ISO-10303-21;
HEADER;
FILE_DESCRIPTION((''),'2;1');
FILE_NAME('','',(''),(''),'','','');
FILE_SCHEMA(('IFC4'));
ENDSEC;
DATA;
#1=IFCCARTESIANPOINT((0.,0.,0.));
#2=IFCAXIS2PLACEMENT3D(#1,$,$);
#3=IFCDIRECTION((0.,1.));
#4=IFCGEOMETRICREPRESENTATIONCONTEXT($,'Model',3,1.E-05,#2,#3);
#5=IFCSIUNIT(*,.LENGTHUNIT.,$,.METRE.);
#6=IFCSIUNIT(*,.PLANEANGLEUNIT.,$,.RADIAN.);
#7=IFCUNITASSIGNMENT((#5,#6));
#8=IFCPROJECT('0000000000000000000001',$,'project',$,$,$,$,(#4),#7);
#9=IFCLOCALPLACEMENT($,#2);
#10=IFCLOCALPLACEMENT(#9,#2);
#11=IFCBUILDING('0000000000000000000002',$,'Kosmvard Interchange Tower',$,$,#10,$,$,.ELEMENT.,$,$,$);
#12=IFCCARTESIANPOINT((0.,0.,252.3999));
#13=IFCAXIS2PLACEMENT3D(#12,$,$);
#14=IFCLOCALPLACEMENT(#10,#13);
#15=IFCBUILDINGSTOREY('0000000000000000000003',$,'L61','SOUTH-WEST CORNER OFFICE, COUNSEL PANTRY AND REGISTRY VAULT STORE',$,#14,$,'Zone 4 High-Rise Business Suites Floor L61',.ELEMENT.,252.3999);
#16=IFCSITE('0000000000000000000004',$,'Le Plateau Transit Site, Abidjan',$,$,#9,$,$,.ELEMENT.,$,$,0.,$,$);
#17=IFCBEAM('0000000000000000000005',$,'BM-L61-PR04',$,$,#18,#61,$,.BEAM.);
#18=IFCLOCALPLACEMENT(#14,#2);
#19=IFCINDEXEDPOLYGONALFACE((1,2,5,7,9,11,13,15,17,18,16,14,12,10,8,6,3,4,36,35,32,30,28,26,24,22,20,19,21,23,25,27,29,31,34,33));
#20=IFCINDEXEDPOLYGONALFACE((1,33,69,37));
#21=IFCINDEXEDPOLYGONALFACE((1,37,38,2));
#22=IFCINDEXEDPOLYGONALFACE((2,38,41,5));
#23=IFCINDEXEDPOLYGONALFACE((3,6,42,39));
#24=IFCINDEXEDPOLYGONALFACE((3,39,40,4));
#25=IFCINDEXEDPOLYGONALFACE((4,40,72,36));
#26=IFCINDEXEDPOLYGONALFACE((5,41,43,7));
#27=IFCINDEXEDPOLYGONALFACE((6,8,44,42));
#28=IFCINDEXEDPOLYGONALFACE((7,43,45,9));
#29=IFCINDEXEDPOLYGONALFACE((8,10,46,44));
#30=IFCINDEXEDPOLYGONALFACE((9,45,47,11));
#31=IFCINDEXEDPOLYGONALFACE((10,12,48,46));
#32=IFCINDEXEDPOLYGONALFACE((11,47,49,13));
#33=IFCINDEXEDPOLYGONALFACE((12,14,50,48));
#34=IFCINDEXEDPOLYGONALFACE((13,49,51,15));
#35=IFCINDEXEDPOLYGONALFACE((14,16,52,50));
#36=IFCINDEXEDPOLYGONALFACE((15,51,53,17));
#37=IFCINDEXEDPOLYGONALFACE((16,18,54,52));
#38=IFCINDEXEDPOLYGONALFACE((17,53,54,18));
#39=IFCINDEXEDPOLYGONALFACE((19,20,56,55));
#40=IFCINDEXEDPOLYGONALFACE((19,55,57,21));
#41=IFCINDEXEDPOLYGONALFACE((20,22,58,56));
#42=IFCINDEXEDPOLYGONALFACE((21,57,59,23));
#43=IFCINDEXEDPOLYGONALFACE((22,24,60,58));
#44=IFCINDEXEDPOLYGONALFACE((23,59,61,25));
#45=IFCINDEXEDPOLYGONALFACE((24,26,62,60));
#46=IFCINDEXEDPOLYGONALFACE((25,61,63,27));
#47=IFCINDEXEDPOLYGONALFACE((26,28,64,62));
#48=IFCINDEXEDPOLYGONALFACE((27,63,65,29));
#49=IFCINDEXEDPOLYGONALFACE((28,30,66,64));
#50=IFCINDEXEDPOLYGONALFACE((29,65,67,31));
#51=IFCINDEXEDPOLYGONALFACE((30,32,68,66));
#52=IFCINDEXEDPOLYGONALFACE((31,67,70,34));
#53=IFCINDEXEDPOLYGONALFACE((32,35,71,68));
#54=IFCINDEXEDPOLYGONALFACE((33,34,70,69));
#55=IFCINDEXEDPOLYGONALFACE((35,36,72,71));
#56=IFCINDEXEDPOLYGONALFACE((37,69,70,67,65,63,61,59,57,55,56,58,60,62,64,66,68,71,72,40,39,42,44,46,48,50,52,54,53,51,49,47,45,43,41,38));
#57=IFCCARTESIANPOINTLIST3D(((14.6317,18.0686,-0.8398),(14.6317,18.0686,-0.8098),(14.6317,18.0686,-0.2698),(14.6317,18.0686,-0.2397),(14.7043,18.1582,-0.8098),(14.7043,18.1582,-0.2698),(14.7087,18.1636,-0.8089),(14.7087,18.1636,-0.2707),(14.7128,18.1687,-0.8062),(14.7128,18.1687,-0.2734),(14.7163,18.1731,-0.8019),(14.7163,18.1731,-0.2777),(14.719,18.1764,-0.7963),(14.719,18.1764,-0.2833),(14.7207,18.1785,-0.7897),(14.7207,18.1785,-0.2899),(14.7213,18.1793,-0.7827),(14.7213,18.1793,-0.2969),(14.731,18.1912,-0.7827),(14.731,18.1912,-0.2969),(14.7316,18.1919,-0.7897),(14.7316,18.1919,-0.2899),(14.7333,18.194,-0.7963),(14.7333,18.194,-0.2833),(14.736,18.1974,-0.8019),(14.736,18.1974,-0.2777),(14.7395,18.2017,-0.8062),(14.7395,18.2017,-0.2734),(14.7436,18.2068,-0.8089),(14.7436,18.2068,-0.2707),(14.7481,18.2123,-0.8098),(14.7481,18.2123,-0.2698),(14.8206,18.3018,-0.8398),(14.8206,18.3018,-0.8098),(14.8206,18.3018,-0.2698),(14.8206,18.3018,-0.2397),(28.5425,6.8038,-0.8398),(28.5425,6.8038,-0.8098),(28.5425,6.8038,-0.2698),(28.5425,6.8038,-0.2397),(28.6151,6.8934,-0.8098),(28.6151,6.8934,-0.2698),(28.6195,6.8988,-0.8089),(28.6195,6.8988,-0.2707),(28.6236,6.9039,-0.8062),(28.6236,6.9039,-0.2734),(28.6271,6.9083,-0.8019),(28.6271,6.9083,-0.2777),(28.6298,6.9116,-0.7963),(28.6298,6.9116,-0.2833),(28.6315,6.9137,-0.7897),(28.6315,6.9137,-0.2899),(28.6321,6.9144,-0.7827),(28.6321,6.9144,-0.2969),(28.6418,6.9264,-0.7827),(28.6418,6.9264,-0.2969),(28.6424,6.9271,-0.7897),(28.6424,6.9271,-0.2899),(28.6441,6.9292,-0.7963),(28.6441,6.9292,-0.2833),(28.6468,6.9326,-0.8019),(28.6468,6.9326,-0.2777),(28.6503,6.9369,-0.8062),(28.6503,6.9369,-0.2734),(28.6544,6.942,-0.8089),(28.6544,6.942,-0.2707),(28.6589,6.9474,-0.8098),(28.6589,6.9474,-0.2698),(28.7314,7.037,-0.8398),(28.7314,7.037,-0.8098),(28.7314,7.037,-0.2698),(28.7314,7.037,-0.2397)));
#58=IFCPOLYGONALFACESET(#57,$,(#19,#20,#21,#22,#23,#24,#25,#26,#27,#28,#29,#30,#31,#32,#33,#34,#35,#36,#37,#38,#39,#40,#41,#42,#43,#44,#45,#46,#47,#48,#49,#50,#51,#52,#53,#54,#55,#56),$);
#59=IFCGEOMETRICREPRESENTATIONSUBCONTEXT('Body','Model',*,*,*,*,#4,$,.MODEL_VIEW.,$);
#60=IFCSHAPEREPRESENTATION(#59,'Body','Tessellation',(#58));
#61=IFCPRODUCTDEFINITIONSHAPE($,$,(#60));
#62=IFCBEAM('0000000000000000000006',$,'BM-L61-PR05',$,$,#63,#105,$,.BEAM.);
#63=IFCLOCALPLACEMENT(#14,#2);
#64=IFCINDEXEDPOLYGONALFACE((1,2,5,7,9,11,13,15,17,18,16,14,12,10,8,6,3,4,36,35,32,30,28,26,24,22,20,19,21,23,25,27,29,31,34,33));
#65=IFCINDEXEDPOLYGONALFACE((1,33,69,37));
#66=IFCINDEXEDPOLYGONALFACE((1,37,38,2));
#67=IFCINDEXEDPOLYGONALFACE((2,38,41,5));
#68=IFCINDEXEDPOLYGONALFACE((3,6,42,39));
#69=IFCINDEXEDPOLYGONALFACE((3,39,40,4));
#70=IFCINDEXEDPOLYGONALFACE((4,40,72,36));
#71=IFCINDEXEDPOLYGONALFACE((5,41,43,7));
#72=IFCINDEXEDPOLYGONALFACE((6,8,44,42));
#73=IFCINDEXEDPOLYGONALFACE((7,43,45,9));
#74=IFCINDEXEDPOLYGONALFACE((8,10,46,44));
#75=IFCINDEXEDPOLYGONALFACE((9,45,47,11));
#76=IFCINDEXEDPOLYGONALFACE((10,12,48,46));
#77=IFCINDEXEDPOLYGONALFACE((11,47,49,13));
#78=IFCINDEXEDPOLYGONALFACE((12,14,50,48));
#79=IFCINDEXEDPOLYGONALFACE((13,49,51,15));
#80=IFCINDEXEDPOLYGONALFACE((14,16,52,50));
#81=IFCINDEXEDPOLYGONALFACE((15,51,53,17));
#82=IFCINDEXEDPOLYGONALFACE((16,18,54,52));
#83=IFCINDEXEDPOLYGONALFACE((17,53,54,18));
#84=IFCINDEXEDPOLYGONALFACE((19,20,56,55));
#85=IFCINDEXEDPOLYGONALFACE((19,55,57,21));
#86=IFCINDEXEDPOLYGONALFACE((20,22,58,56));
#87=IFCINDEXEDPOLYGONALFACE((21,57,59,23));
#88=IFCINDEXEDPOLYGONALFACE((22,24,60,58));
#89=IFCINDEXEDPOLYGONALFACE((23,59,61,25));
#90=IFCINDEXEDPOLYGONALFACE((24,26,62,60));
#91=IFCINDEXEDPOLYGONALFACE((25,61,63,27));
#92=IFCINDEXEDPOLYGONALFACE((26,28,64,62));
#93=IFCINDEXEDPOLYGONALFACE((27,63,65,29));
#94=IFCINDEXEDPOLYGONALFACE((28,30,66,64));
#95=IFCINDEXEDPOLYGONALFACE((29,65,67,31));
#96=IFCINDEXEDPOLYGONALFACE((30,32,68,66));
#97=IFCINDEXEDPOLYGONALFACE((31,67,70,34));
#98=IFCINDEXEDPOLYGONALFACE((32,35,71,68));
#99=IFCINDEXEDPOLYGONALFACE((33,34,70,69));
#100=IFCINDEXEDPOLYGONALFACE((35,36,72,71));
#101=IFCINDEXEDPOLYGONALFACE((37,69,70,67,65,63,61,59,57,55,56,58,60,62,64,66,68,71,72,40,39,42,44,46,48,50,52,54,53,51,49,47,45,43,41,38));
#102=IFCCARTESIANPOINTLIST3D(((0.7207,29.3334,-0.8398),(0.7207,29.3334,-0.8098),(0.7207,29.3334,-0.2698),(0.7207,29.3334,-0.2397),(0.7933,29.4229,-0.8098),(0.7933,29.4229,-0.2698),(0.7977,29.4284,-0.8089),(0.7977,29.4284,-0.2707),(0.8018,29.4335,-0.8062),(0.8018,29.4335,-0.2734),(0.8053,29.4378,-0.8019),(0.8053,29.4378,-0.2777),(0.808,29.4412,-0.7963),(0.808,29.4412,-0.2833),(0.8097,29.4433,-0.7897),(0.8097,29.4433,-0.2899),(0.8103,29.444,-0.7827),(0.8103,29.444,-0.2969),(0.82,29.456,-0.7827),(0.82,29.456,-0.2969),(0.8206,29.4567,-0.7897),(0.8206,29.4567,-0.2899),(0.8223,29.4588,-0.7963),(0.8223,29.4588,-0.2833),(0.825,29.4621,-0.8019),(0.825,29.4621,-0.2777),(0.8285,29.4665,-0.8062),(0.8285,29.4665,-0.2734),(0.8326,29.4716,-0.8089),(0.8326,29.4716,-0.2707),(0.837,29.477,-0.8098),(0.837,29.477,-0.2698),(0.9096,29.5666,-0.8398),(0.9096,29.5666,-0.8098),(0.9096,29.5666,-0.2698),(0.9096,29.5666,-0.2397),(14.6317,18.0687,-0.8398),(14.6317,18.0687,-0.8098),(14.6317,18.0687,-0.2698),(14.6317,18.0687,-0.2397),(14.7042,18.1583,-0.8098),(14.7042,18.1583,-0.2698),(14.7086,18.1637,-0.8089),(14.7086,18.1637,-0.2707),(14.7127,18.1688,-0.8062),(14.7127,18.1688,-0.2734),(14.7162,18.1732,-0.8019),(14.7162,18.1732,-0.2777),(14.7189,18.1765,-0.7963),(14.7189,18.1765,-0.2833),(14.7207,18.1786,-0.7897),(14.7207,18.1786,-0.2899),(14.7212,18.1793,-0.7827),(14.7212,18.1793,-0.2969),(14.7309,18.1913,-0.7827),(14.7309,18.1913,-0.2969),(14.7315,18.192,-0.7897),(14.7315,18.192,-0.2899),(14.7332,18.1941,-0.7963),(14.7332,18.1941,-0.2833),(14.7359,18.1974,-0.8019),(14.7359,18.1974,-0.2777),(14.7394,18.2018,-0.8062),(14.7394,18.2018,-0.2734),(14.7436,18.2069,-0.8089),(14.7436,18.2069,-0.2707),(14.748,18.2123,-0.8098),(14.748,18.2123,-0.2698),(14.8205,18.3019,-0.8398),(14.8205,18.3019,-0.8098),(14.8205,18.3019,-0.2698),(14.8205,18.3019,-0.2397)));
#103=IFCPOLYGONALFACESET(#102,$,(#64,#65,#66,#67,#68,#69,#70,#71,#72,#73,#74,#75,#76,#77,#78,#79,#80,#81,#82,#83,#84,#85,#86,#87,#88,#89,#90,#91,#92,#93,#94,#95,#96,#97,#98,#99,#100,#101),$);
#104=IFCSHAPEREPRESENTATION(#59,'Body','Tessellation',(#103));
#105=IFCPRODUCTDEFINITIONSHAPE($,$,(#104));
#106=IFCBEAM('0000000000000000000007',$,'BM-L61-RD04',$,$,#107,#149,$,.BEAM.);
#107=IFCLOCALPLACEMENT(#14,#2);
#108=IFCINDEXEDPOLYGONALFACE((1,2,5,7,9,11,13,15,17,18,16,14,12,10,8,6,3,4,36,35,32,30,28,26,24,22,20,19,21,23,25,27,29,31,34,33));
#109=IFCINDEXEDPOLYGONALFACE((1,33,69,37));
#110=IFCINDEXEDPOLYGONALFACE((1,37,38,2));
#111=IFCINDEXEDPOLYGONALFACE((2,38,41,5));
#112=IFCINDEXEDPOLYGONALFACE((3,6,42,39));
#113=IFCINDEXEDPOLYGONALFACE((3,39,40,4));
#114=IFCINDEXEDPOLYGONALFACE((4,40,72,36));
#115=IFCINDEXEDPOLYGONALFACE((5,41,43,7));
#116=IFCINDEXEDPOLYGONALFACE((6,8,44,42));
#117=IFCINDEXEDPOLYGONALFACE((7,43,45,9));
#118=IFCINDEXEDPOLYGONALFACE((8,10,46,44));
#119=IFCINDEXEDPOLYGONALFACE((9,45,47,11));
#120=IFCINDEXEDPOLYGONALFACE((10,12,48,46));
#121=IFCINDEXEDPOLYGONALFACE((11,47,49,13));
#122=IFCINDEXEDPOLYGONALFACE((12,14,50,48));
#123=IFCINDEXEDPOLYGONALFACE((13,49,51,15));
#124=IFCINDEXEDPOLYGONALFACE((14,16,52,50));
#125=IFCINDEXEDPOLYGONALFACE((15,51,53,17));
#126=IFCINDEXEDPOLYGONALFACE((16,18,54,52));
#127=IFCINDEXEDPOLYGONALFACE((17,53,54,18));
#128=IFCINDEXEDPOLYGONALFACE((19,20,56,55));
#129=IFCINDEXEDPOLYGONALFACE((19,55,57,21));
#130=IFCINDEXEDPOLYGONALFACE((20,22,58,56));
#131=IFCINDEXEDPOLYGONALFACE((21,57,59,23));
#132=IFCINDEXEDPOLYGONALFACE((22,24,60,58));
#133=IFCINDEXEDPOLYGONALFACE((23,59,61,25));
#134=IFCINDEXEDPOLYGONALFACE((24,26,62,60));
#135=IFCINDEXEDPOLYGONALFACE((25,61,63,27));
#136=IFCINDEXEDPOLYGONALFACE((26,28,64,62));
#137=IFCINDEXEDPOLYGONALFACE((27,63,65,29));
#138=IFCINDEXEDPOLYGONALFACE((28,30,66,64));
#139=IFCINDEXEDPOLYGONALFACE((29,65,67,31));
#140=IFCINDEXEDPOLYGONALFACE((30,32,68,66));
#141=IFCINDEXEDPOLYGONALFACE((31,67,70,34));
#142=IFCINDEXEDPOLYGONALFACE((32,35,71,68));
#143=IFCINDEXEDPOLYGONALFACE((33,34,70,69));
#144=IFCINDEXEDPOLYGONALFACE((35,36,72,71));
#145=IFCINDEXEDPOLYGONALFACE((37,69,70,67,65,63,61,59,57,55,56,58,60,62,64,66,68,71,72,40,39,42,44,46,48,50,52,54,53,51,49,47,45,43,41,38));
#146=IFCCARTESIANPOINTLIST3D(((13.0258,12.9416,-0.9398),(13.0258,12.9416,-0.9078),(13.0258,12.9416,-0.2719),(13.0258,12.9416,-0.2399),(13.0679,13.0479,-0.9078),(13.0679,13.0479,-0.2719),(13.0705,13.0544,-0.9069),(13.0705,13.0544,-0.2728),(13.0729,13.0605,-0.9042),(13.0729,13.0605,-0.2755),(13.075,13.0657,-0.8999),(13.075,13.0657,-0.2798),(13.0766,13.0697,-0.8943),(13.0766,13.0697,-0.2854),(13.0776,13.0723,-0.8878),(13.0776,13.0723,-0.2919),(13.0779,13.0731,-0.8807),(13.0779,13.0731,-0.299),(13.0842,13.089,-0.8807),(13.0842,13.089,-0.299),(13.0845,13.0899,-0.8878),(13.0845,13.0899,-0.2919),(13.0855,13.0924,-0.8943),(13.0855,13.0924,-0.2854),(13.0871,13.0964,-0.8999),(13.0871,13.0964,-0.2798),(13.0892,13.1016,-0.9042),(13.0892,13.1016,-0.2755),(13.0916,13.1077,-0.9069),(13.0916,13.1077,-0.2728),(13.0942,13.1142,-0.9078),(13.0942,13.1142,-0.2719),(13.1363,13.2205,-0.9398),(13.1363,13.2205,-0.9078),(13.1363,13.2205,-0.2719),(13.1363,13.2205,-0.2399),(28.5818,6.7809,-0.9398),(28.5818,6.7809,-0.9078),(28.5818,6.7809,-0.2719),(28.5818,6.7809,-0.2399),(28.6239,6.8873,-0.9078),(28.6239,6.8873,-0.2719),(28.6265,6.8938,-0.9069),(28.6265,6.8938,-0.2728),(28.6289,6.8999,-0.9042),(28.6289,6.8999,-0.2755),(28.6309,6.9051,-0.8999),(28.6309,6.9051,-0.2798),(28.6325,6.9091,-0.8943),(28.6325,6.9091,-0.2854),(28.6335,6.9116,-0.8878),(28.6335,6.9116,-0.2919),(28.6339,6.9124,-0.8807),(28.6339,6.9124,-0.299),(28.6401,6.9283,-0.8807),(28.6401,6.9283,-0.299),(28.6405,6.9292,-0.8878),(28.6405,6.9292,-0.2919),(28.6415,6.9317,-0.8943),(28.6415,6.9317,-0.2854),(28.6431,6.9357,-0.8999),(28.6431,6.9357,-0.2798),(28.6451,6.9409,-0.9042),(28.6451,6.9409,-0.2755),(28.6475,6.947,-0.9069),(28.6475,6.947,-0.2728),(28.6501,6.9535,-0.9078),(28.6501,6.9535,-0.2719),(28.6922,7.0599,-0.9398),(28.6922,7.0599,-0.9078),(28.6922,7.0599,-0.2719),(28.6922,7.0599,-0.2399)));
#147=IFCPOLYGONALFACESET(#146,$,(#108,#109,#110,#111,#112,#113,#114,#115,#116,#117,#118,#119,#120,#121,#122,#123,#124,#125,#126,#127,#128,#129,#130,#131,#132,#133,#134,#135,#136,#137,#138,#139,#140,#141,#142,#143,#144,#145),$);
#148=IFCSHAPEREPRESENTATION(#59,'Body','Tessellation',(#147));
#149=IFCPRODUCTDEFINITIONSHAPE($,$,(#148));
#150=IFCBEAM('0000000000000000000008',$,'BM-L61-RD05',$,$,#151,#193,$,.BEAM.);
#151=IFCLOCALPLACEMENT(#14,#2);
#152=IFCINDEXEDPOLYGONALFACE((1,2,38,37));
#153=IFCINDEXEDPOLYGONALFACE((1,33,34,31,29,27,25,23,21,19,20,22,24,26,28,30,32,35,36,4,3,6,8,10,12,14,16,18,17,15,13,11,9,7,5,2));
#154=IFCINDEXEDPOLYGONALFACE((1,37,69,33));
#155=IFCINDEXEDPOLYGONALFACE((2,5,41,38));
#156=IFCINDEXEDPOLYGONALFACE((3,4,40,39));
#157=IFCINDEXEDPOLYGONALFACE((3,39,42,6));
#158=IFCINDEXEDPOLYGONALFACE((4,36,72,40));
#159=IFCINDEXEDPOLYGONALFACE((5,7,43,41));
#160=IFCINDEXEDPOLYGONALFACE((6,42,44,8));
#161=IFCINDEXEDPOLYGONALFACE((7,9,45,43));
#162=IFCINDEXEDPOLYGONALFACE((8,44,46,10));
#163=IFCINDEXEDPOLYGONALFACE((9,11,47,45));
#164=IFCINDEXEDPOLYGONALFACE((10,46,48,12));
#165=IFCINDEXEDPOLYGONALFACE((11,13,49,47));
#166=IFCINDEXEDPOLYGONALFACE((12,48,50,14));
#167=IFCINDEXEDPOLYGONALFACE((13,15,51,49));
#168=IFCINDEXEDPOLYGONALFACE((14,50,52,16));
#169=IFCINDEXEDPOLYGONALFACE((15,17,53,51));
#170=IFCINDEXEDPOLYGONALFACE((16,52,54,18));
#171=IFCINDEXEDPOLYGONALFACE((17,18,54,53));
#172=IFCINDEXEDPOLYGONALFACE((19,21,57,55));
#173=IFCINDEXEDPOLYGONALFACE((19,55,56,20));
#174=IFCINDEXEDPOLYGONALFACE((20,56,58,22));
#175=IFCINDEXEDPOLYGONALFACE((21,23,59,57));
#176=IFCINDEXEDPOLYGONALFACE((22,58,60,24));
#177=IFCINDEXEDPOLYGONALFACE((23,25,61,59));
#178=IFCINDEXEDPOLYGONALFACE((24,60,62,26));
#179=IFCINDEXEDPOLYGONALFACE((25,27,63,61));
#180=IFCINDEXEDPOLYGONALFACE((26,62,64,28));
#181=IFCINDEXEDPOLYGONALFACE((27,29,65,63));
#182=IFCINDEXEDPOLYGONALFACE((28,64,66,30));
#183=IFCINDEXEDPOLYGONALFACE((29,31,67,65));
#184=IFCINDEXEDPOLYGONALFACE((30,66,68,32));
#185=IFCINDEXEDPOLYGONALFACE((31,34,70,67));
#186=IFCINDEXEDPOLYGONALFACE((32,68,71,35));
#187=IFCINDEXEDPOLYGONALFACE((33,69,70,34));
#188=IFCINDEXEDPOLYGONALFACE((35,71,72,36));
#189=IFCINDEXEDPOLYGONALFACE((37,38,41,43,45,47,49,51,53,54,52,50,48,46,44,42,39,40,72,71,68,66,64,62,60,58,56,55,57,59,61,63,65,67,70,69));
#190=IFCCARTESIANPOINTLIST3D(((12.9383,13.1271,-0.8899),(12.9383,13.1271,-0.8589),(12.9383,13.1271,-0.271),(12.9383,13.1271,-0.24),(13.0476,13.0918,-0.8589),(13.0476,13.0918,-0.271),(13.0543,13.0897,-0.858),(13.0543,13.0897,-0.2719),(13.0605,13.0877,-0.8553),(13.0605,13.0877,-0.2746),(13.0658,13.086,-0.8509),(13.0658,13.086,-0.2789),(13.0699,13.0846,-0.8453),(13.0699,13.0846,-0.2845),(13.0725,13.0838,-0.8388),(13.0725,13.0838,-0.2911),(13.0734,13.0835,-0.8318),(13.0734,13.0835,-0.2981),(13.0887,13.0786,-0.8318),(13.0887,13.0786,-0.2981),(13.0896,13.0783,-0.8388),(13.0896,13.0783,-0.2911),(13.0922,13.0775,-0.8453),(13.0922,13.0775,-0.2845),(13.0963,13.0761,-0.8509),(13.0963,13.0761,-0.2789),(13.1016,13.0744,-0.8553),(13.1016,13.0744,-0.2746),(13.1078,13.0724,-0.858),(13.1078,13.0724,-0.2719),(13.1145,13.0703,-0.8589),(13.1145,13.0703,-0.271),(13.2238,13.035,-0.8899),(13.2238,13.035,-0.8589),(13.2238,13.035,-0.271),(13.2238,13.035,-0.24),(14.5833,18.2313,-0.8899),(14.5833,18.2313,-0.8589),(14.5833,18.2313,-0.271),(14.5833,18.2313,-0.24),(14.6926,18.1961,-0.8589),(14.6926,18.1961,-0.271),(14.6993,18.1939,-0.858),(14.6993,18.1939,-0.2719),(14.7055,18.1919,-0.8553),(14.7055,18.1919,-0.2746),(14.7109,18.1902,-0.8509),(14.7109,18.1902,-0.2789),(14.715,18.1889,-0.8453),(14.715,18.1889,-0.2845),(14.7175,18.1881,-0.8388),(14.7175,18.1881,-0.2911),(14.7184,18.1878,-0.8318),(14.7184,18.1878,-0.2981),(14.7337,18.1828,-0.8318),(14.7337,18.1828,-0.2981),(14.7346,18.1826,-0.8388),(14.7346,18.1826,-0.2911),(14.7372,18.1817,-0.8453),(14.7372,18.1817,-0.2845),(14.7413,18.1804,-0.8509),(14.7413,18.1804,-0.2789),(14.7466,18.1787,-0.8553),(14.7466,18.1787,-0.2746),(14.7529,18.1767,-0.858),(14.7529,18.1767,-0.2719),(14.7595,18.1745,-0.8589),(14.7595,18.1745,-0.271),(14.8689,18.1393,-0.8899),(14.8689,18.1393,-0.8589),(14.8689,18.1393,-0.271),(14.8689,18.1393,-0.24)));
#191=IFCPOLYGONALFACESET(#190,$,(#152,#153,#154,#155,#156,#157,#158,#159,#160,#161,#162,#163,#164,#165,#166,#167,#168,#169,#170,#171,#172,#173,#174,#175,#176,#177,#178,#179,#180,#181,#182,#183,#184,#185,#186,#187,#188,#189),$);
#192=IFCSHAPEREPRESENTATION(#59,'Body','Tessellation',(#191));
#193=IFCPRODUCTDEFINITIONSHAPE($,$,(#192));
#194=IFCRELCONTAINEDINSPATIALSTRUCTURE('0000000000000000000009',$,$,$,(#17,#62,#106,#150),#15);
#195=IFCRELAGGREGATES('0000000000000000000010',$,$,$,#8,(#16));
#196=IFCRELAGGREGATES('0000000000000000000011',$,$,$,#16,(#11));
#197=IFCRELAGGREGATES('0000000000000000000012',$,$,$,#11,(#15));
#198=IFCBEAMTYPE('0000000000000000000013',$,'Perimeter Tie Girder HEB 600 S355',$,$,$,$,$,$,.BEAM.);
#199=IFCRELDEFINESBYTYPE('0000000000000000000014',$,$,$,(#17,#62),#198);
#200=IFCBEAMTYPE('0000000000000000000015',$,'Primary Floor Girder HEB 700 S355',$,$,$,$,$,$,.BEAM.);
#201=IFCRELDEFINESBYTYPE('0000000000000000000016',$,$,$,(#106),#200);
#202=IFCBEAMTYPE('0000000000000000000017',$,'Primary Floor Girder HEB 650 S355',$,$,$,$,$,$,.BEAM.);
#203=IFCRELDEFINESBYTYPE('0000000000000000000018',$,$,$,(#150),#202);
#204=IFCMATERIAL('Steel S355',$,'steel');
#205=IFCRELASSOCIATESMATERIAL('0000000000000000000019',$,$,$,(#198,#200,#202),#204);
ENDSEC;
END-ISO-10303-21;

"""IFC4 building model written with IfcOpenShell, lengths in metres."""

from ifc_helpers import new_model, si_unit, direction, frame, origin, origin_2d, place, context, subcontext, project, spatial, i_section, extrude, source, transform, mapped, material, material_profile, profile_set, type_object, element, save


model = new_model("IFC4")

# Units and contexts
model_context = context("Model", 3, precision=1e-05, world=origin(), true_north=direction((0.0, 1.0)))
body_context = subcontext(model_context, "Body", "Model", "MODEL_VIEW")
ifc_project = project(units=[si_unit("LENGTHUNIT", "METRE"), si_unit("PLANEANGLEUNIT", "RADIAN")], contexts=[model_context])

# Site, building, storey
site_placement = place(None, origin())
site = spatial("IfcSite", under=ifc_project, at=site_placement, Name="Le Plateau Transit Site, Abidjan", CompositionType="ELEMENT", RefElevation=0.0)
building_placement = place(site_placement, origin())
building = spatial("IfcBuilding", under=site, at=building_placement, Name="Kosmvard Interchange Tower", CompositionType="ELEMENT")
storey_placement = place(building_placement, frame((0.0, 0.0, 252.3999)))
storey = spatial("IfcBuildingStorey", under=building, at=storey_placement, Name="L61", Description="SOUTH-WEST CORNER OFFICE, COUNSEL PANTRY AND REGISTRY VAULT STORE", LongName="Zone 4 High-Rise Business Suites Floor L61", CompositionType="ELEMENT", Elevation=252.3999)

# Beams
ifc_material_1 = material(Name="Steel S355", Category="steel")
ifc_material_profile_1 = material_profile(ifc_material_1, i_section(OverallWidth=0.3, OverallDepth=0.6001, WebThickness=0.0154, FlangeThickness=0.03, FilletRadius=0.0271, at=origin_2d()), Name="HEB 600")
ifc_profile_set_1 = profile_set([ifc_material_profile_1], Name="Steel S355")
beam_type_1 = type_object("IfcBeamType", Name="Perimeter Tie Girder HEB 600 S355", PredefinedType="BEAM", material=ifc_profile_set_1)
shared_shape_1 = source(origin(), body_context, "Body", "SweptSolid", [
    extrude(i_section(OverallWidth=0.3, OverallDepth=0.6001, WebThickness=0.0154, FlangeThickness=0.03, FilletRadius=0.0271, at=origin_2d()), origin(), (0.0, 0.0, 1.0), 17.8999),
])
for number, where, z_axis, x_axis, name in (
    (1, (28.637, 6.9204, -0.5398), (-0.777144, 0.629323, 0.0), (-0.629323, -0.777144, 0.0), "BM-L61-PR04"),
    (2, (14.7261, 18.1853, -0.5398), (-0.777151, 0.629315, 0.0), (-0.629315, -0.777151, 0.0), "BM-L61-PR05"),
):
    element("IfcBeam", number, at=place(storey_placement, frame(where, z_axis=z_axis, x_axis=x_axis)), inside=storey, type_object=beam_type_1, Name=name, PredefinedType="BEAM", context=body_context, shape_type="MappedRepresentation", body=[
        mapped(shared_shape_1, transform((0.0, 0.0, 0.0), scale=1.0)),
    ])
ifc_material_profile_2 = material_profile(ifc_material_1, i_section(OverallWidth=0.3, OverallDepth=0.7, WebThickness=0.0171, FlangeThickness=0.032, FilletRadius=0.0271, at=origin_2d()), Name="HEB 700")
ifc_profile_set_2 = profile_set([ifc_material_profile_2], Name="Steel S355")
beam_type_2 = type_object("IfcBeamType", Name="Primary Floor Girder HEB 700 S355", PredefinedType="BEAM", material=ifc_profile_set_2)
shared_shape_2 = source(origin(), body_context, "Body", "SweptSolid", [
    extrude(i_section(OverallWidth=0.3, OverallDepth=0.7, WebThickness=0.0171, FlangeThickness=0.032, FilletRadius=0.0271, at=origin_2d()), origin(), (0.0, 0.0, 1.0), 16.7314),
])
beam_1_placement = place(storey_placement, frame((13.0811, 13.0811, -0.5898), z_axis=(0.929743, -0.368209, 0.0), x_axis=(0.368209, 0.929743, 0.0)))
element("IfcBeam", 3, at=beam_1_placement, inside=storey, type_object=beam_type_2, Name="BM-L61-RD04", PredefinedType="BEAM", context=body_context, shape_type="MappedRepresentation", body=[
    mapped(shared_shape_2, transform((0.0, 0.0, 0.0), scale=1.0)),
])
ifc_material_profile_3 = material_profile(ifc_material_1, i_section(OverallWidth=0.3, OverallDepth=0.6499, WebThickness=0.0161, FlangeThickness=0.031, FilletRadius=0.0271, at=origin_2d()), Name="HEB 650")
ifc_profile_set_3 = profile_set([ifc_material_profile_3], Name="Steel S355")
beam_type_3 = type_object("IfcBeamType", Name="Primary Floor Girder HEB 650 S355", PredefinedType="BEAM", material=ifc_profile_set_3)
shared_shape_3 = source(origin(), body_context, "Body", "SweptSolid", [
    extrude(i_section(OverallWidth=0.3, OverallDepth=0.6499, WebThickness=0.0161, FlangeThickness=0.031, FilletRadius=0.0271, at=origin_2d()), origin(), (0.0, 0.0, 1.0), 5.3628),
])
beam_2_placement = place(storey_placement, frame((13.0811, 13.0811, -0.5649), z_axis=(0.306747, 0.951791, 0.0), x_axis=(-0.951791, 0.306747, 0.0)))
element("IfcBeam", 4, at=beam_2_placement, inside=storey, type_object=beam_type_3, Name="BM-L61-RD05", PredefinedType="BEAM", context=body_context, shape_type="MappedRepresentation", body=[
    mapped(shared_shape_3, transform((0.0, 0.0, 0.0), scale=1.0)),
])

save(model, "model.ifc")
